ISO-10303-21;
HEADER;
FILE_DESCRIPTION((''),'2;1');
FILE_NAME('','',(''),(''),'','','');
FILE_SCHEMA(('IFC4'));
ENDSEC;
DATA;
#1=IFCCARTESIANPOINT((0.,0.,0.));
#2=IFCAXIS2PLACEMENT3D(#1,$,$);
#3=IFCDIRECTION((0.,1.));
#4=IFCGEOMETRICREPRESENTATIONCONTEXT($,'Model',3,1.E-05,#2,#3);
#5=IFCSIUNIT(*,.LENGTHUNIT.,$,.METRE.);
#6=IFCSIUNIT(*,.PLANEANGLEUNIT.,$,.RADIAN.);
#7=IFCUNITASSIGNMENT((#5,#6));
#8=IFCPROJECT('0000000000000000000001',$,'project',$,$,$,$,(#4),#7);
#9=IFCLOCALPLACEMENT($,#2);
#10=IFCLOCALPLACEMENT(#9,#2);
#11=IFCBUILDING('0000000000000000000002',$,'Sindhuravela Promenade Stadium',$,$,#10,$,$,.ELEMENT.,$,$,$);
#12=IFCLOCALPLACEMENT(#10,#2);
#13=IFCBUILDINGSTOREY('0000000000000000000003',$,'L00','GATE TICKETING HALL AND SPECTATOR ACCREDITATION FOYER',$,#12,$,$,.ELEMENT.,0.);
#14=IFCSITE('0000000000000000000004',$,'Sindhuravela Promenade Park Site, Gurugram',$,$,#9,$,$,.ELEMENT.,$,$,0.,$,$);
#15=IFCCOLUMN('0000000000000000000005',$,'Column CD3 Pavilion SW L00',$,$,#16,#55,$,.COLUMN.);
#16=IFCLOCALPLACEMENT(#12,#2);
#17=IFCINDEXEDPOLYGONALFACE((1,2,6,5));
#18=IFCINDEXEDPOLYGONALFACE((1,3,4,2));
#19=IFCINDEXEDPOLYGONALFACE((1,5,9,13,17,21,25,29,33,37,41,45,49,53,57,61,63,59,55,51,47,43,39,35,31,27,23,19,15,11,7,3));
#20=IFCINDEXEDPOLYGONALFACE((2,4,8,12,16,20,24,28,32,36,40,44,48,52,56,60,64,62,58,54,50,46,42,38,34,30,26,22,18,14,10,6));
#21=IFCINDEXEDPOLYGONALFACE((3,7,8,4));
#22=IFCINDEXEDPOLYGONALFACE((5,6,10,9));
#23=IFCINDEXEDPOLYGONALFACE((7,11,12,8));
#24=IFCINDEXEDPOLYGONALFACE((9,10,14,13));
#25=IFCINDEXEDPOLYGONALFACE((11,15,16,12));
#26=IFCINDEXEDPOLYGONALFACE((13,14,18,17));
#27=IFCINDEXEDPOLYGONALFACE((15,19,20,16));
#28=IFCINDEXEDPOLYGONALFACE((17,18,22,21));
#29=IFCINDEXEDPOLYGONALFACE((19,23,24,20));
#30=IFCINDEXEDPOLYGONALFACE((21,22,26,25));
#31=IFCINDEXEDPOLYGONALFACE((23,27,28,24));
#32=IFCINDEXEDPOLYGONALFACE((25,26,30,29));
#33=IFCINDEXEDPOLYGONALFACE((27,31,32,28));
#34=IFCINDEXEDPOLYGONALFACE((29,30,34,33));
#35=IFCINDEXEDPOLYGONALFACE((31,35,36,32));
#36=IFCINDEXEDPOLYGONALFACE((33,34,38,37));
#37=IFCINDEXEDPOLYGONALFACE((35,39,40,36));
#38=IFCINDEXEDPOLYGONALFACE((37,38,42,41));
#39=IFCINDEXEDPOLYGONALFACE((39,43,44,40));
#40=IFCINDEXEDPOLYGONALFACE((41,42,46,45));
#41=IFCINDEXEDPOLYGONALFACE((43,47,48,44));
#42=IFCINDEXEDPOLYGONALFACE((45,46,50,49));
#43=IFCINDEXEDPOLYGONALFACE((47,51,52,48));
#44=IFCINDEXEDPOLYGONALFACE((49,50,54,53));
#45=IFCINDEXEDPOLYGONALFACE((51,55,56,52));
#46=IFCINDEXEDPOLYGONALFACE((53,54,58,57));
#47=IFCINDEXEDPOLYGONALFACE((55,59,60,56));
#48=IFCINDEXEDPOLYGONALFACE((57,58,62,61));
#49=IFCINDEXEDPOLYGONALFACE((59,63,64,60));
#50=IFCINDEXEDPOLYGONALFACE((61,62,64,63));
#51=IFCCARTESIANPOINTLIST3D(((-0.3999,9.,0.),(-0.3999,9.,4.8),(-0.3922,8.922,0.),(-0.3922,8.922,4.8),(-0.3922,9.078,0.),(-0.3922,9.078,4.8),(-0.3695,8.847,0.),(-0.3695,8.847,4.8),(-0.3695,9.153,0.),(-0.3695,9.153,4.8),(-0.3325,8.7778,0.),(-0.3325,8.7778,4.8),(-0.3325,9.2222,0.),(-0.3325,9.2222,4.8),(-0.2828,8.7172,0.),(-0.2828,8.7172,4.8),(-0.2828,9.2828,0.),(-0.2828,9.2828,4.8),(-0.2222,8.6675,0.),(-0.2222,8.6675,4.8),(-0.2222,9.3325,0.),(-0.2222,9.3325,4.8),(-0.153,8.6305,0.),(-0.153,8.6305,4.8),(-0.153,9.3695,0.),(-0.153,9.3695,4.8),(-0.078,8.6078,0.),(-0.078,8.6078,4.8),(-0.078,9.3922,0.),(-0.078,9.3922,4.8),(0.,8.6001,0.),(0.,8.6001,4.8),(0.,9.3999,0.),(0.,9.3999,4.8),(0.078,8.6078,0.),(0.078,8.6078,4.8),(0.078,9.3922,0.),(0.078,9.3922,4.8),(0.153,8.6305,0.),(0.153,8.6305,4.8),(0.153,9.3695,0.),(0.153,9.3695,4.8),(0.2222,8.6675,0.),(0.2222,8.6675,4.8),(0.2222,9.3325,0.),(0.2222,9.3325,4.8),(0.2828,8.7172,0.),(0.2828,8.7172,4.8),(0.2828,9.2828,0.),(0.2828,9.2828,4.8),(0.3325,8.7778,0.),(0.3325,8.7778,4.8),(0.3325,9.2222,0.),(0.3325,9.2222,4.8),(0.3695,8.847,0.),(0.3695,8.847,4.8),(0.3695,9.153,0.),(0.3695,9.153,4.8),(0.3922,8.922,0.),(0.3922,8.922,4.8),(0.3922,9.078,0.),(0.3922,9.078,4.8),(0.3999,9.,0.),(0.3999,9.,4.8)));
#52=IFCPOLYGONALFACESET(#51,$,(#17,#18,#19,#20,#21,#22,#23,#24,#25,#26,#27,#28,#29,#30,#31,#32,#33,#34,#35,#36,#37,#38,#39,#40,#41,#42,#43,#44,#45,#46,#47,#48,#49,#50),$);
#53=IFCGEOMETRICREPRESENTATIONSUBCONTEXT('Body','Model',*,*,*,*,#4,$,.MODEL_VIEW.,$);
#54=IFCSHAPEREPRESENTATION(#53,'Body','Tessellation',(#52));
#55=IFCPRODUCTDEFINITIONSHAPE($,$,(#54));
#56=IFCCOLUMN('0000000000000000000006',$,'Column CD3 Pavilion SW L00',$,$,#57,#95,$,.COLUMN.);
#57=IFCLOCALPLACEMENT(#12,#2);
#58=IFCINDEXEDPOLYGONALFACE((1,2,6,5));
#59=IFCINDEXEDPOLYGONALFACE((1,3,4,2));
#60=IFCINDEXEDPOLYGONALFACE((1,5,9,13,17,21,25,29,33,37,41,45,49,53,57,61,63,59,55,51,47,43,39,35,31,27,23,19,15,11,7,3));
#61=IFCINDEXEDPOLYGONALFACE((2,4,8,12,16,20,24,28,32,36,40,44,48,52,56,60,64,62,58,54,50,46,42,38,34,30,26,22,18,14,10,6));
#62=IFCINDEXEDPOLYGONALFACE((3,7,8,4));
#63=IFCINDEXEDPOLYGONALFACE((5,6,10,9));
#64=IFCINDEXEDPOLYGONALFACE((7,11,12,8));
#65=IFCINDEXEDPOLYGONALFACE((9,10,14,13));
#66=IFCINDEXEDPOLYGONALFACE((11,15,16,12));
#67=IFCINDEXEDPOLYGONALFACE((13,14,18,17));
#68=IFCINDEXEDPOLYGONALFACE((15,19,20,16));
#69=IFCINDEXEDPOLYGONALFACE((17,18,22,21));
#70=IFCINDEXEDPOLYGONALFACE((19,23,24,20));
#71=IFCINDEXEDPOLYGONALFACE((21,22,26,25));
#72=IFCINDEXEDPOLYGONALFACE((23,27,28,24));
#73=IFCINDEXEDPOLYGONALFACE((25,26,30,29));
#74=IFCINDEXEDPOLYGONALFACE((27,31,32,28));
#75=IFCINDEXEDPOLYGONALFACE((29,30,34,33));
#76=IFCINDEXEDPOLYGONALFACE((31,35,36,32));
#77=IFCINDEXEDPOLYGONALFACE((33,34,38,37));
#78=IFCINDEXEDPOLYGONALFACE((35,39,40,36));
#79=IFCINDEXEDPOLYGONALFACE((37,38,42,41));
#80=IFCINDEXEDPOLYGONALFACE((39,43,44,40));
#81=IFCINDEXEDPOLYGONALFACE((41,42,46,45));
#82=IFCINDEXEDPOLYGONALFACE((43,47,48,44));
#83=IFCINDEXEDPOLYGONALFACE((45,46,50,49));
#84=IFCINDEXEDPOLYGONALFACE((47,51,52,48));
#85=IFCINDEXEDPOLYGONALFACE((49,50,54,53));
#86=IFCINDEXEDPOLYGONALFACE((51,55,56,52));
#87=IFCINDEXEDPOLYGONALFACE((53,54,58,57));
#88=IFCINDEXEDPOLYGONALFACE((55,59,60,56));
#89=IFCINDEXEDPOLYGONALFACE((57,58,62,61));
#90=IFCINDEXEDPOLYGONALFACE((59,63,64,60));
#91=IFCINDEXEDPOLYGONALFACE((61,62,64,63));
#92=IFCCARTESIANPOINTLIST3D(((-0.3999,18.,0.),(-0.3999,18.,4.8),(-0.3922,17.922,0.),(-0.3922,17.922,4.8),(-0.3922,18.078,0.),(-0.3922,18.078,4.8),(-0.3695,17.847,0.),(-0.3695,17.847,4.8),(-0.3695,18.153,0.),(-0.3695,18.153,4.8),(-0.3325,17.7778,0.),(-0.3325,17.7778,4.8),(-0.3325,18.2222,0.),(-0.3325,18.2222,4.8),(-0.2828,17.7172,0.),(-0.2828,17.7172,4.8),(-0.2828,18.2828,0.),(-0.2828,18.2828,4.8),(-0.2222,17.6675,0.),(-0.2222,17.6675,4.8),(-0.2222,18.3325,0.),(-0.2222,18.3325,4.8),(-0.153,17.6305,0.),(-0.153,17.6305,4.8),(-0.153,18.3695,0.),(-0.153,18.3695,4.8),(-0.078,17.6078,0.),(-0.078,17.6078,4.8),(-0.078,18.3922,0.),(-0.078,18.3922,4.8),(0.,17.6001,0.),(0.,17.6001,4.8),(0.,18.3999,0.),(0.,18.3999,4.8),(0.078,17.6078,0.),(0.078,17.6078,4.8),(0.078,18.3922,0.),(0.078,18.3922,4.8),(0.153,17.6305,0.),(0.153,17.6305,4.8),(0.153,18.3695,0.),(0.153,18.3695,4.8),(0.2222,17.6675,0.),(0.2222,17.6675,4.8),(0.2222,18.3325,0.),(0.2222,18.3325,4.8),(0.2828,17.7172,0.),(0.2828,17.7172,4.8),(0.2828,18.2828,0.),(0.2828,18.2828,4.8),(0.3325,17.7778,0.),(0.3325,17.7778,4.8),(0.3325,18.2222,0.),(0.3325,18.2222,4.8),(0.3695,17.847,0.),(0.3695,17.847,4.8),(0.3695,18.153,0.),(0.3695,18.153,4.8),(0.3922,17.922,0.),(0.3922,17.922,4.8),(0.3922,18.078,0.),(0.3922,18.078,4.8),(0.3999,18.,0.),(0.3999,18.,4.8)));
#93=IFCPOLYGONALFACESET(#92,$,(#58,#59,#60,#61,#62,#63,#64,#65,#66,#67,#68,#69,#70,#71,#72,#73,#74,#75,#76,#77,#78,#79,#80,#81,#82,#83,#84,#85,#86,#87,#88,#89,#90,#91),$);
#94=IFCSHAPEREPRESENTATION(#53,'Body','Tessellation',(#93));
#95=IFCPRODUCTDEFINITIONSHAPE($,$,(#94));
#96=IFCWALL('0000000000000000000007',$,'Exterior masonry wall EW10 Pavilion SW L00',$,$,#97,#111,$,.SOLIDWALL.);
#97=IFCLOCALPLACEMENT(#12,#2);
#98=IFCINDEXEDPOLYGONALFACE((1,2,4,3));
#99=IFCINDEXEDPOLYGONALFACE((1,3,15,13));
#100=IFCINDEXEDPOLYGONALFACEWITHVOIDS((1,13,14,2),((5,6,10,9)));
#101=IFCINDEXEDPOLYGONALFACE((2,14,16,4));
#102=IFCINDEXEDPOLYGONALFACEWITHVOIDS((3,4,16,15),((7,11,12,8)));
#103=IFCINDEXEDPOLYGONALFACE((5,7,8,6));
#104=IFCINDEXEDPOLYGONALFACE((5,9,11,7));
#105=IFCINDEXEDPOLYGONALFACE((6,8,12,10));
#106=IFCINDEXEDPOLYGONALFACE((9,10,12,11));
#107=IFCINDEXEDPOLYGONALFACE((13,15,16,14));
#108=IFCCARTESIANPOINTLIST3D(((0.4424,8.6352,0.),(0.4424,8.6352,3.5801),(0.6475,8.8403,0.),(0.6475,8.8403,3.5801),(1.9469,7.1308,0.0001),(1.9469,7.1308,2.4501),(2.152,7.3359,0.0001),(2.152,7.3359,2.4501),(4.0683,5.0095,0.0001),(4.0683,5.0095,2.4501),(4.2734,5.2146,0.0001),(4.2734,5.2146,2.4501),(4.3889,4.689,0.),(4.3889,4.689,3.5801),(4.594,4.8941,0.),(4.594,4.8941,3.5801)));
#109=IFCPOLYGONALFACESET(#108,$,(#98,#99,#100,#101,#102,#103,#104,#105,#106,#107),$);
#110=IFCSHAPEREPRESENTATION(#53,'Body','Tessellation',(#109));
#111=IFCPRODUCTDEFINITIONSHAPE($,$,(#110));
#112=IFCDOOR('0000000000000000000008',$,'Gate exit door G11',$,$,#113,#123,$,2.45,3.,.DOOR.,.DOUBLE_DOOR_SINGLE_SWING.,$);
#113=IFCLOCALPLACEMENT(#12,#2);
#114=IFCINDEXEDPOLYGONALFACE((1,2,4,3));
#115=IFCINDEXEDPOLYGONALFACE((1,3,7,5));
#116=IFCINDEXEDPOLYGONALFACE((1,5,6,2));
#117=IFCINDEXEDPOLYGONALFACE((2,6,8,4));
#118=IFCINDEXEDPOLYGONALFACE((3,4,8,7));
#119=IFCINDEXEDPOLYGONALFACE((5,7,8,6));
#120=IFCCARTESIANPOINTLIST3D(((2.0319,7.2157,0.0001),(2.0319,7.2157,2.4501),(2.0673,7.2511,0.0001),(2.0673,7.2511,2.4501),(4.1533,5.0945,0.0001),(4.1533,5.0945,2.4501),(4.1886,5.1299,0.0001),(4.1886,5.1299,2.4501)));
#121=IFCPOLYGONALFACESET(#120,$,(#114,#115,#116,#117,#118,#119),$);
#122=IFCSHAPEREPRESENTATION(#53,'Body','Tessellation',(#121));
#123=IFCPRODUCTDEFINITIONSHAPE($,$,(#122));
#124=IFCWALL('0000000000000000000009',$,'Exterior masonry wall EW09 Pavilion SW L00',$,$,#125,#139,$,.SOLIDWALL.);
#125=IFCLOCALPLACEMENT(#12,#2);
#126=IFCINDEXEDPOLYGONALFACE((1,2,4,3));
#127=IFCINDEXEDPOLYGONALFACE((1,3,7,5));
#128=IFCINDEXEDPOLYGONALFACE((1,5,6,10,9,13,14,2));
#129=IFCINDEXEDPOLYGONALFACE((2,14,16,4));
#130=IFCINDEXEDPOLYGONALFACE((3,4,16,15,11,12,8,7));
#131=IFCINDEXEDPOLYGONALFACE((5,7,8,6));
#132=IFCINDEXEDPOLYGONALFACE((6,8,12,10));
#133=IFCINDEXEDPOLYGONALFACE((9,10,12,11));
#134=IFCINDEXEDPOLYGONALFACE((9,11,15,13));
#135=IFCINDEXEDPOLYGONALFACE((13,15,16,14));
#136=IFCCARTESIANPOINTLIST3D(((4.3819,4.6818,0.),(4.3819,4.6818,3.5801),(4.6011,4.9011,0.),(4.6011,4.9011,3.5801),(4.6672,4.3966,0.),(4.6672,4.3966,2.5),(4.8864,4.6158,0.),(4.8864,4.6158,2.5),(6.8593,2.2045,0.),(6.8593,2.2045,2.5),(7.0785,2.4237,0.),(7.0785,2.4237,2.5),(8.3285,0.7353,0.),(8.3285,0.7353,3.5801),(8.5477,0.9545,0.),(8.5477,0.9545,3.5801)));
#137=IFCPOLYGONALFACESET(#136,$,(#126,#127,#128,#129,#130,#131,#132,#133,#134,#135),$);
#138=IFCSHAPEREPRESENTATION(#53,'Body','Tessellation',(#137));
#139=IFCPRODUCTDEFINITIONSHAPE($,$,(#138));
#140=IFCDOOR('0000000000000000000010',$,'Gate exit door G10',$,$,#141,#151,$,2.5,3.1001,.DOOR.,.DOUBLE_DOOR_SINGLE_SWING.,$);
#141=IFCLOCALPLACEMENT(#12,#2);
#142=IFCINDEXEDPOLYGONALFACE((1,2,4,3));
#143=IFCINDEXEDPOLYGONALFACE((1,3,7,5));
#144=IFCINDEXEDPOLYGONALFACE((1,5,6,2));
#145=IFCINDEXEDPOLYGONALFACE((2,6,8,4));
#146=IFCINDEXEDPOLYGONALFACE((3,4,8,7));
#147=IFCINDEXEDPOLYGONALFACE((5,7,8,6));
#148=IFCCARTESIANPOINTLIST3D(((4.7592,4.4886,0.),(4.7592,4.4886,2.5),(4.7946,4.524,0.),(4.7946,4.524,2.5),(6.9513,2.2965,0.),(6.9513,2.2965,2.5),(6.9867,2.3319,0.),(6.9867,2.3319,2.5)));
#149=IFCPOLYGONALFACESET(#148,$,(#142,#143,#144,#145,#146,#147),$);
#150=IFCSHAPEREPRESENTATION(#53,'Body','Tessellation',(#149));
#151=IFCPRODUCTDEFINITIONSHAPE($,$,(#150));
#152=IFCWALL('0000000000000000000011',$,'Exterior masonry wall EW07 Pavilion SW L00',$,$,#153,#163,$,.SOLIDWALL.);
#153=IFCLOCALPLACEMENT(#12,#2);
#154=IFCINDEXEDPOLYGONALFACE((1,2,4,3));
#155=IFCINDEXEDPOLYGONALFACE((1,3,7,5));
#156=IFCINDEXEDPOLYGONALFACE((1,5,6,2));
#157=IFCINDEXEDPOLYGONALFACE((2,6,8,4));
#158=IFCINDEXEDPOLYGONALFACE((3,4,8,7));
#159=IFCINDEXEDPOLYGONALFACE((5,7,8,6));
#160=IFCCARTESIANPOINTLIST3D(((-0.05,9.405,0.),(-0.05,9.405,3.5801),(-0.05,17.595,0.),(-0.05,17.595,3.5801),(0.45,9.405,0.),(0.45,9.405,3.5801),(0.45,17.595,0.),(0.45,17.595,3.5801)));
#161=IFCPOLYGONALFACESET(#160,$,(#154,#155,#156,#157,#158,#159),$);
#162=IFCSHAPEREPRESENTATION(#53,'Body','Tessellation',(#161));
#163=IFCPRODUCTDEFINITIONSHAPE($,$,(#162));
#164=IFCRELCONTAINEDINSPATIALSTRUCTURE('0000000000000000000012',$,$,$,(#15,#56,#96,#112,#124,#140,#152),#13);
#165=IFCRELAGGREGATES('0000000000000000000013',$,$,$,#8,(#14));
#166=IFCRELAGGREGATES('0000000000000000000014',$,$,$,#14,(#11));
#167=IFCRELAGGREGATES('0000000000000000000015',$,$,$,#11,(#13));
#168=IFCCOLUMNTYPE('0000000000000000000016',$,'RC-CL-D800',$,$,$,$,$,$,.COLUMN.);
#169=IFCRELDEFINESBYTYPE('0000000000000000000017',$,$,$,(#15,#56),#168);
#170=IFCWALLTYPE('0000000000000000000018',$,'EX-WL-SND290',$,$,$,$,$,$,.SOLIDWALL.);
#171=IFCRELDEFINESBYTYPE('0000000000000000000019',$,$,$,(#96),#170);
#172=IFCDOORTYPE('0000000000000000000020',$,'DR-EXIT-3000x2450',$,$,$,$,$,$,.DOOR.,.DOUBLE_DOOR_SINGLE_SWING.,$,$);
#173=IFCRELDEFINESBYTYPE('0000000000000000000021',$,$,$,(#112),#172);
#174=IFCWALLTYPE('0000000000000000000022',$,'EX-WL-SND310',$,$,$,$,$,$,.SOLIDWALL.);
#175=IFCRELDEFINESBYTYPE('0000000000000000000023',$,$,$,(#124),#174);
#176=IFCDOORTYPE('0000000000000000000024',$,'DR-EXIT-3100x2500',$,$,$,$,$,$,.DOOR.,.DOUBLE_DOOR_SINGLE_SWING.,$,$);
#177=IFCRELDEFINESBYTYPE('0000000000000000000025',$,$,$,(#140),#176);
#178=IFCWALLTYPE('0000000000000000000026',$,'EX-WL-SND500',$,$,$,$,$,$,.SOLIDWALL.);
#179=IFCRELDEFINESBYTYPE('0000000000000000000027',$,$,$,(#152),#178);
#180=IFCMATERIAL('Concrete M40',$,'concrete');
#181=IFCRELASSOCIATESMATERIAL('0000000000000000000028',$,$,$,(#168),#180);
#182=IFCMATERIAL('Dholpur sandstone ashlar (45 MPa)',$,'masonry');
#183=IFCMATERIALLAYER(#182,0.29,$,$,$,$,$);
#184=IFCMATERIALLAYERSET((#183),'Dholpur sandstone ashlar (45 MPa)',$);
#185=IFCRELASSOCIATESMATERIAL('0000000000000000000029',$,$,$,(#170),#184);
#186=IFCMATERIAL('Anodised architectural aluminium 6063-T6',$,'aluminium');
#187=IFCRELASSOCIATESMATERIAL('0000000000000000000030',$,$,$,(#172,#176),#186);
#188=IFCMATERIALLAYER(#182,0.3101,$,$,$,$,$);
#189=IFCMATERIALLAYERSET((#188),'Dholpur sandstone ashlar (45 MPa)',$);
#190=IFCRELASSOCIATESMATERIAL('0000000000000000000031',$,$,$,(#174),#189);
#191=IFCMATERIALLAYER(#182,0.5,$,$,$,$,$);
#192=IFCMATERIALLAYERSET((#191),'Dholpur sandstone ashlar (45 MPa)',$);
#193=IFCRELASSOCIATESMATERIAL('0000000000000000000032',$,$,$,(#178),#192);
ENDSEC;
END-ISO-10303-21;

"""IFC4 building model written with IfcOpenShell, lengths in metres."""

from ifc_helpers import new_model, si_unit, direction, frame, frame_2d, origin, origin_2d, place, context, subcontext, project, spatial, rectangle, circle, extrude, material, layer, layer_set, material_profile, profile_set, type_object, element, fill, save


model = new_model("IFC4")

# Units and contexts
model_context = context("Model", 3, precision=1e-05, world=origin(), true_north=direction((0.0, 1.0)))
body_context = subcontext(model_context, "Body", "Model", "MODEL_VIEW")
ifc_project = project(units=[si_unit("LENGTHUNIT", "METRE"), si_unit("PLANEANGLEUNIT", "RADIAN")], contexts=[model_context])

# Site, building, storey
site_placement = place(None, origin())
site = spatial("IfcSite", under=ifc_project, at=site_placement, Name="Sindhuravela Promenade Park Site, Gurugram", CompositionType="ELEMENT", RefElevation=0.0)
building_placement = place(site_placement, origin())
building = spatial("IfcBuilding", under=site, at=building_placement, Name="Sindhuravela Promenade Stadium", CompositionType="ELEMENT")
storey_placement = place(building_placement, origin())
storey = spatial("IfcBuildingStorey", under=building, at=storey_placement, Name="L00", Description="GATE TICKETING HALL AND SPECTATOR ACCREDITATION FOYER", CompositionType="ELEMENT", Elevation=0.0)

# Shared definitions
ifc_material_1 = material(Name="Concrete M40", Category="concrete")

# Columns
ifc_material_profile_1 = material_profile(ifc_material_1, circle(Radius=0.3999, at=origin_2d()), Name="RC D800")
ifc_profile_set_1 = profile_set([ifc_material_profile_1], Name="Concrete M40")
column_type_1 = type_object("IfcColumnType", Name="RC-CL-D800", PredefinedType="COLUMN", material=ifc_profile_set_1)
for number, where, z_axis, x_axis, name in (
    (1, (0.0, 9.0, 0.0), (0.0, 0.0, 1.0), (1.0, 0.0, 0.0), "Column CD3 Pavilion SW L00"),
    (2, (0.0, 18.0, 0.0), (0.0, 0.0, 1.0), (1.0, 0.0, 0.0), "Column CD3 Pavilion SW L00"),
):
    element("IfcColumn", number, at=place(storey_placement, frame(where, z_axis=z_axis, x_axis=x_axis)), inside=storey, type_object=column_type_1, Name=name, PredefinedType="COLUMN", context=body_context, shape_type="SweptSolid", body=[
        extrude(circle(Radius=0.3999, at=origin_2d()), origin(), (0.0, 0.0, 1.0), 4.8),
    ])

# Walls, openings, doors
ifc_material_2 = material(Name="Dholpur sandstone ashlar (45 MPa)", Category="masonry")
ifc_layer_1 = layer(ifc_material_2, 0.29)
ifc_layer_set_1 = layer_set([ifc_layer_1], Name="Dholpur sandstone ashlar (45 MPa)")
wall_type_1 = type_object("IfcWallType", Name="EX-WL-SND290", PredefinedType="SOLIDWALL", material=ifc_layer_set_1)
wall_1_placement = place(storey_placement, frame((4.4915, 4.7915, 0.0), z_axis=(0.0, 0.0, 1.0), x_axis=(-0.707129, 0.707085, 0.0)))
wall_1 = element("IfcWall", 3, at=wall_1_placement, inside=storey, type_object=wall_type_1, Name="Exterior masonry wall EW10 Pavilion SW L00", PredefinedType="SOLIDWALL", context=body_context, shape_type="SweptSolid", body=[
    extrude(rectangle(XDim=5.5811, YDim=0.29, at=frame_2d((2.7905, 0.0))), origin(), (0.0, 0.0, 1.0), 3.5801),
])
opening_1_placement = place(wall_1_placement, frame((0.4534, 0.0, 0.0)))
opening_1 = element("IfcOpeningElement", 4, at=opening_1_placement, cuts=wall_1, PredefinedType="OPENING", context=body_context, shape_type="SweptSolid", body=[
    extrude(rectangle(XDim=3.0, YDim=2.45, at=frame_2d((1.5, 1.2251))), frame((0.0, 0.155, 0.0), z_axis=(0.0, -1.0, 0.0), x_axis=(1.0, 0.0, 0.0)), (0.0, 0.0, 1.0), 0.3101),
])
ifc_material_3 = material(Name="Anodised architectural aluminium 6063-T6", Category="aluminium")
door_type_1 = type_object("IfcDoorType", Name="DR-EXIT-3000x2450", OperationType="DOUBLE_DOOR_SINGLE_SWING", PredefinedType="DOOR", material=ifc_material_3)
door_1_placement = place(opening_1_placement, origin())
door_1 = element("IfcDoor", 5, at=door_1_placement, inside=storey, type_object=door_type_1, Name="Gate exit door G11", OperationType="DOUBLE_DOOR_SINGLE_SWING", OverallHeight=2.45, OverallWidth=3.0, PredefinedType="DOOR", context=body_context, shape_type="SweptSolid", body=[
    extrude(rectangle(XDim=3.0, YDim=2.45, at=frame_2d((1.5, 1.2251))), frame((0.0, 0.0249, 0.0), z_axis=(0.0, -1.0, 0.0), x_axis=(1.0, 0.0, 0.0)), (0.0, 0.0, 1.0), 0.05),
])
fill(opening_1, door_1)
ifc_layer_2 = layer(ifc_material_2, 0.3101)
ifc_layer_set_2 = layer_set([ifc_layer_2], Name="Dholpur sandstone ashlar (45 MPa)")
wall_type_2 = type_object("IfcWallType", Name="EX-WL-SND310", PredefinedType="SOLIDWALL", material=ifc_layer_set_2)
wall_2_placement = place(storey_placement, frame((8.438, 0.845, 0.0), z_axis=(0.0, 0.0, 1.0), x_axis=(-0.707107, 0.707107, 0.0)))
wall_2 = element("IfcWall", 6, at=wall_2_placement, inside=storey, type_object=wall_type_2, Name="Exterior masonry wall EW09 Pavilion SW L00", PredefinedType="SOLIDWALL", context=body_context, shape_type="SweptSolid", body=[
    extrude(rectangle(XDim=5.5813, YDim=0.3101, at=frame_2d((2.7905, 0.0))), origin(), (0.0, 0.0, 1.0), 3.5801),
])
opening_2_placement = place(wall_2_placement, frame((2.0776, 0.0, 0.0)))
opening_2 = element("IfcOpeningElement", 7, at=opening_2_placement, cuts=wall_2, PredefinedType="OPENING", context=body_context, shape_type="SweptSolid", body=[
    extrude(rectangle(XDim=3.1001, YDim=2.5, at=frame_2d((1.55, 1.25))), frame((0.0, 0.165, 0.0), z_axis=(0.0, -1.0, 0.0), x_axis=(1.0, 0.0, 0.0)), (0.0, 0.0, 1.0), 0.3301),
])
door_type_2 = type_object("IfcDoorType", Name="DR-EXIT-3100x2500", OperationType="DOUBLE_DOOR_SINGLE_SWING", PredefinedType="DOOR", material=ifc_material_3)
door_2_placement = place(opening_2_placement, origin())
door_2 = element("IfcDoor", 8, at=door_2_placement, inside=storey, type_object=door_type_2, Name="Gate exit door G10", OperationType="DOUBLE_DOOR_SINGLE_SWING", OverallHeight=2.5, OverallWidth=3.1001, PredefinedType="DOOR", context=body_context, shape_type="SweptSolid", body=[
    extrude(rectangle(XDim=3.1001, YDim=2.5, at=frame_2d((1.55, 1.25))), frame((0.0, 0.0249, 0.0), z_axis=(0.0, -1.0, 0.0), x_axis=(1.0, 0.0, 0.0)), (0.0, 0.0, 1.0), 0.05),
])
fill(opening_2, door_2)

# Wall
ifc_layer_3 = layer(ifc_material_2, 0.5)
ifc_layer_set_3 = layer_set([ifc_layer_3], Name="Dholpur sandstone ashlar (45 MPa)")
wall_type_3 = type_object("IfcWallType", Name="EX-WL-SND500", PredefinedType="SOLIDWALL", material=ifc_layer_set_3)
wall_3_placement = place(storey_placement, frame((0.2, 9.405, 0.0), z_axis=(0.0, 0.0, 1.0), x_axis=(0.0, 1.0, 0.0)))
element("IfcWall", 9, at=wall_3_placement, inside=storey, type_object=wall_type_3, Name="Exterior masonry wall EW07 Pavilion SW L00", PredefinedType="SOLIDWALL", context=body_context, shape_type="SweptSolid", body=[
    extrude(rectangle(XDim=8.1899, YDim=0.5, at=frame_2d((4.095, 0.0))), origin(), (0.0, 0.0, 1.0), 3.5801),
])

save(model, "model.ifc")
